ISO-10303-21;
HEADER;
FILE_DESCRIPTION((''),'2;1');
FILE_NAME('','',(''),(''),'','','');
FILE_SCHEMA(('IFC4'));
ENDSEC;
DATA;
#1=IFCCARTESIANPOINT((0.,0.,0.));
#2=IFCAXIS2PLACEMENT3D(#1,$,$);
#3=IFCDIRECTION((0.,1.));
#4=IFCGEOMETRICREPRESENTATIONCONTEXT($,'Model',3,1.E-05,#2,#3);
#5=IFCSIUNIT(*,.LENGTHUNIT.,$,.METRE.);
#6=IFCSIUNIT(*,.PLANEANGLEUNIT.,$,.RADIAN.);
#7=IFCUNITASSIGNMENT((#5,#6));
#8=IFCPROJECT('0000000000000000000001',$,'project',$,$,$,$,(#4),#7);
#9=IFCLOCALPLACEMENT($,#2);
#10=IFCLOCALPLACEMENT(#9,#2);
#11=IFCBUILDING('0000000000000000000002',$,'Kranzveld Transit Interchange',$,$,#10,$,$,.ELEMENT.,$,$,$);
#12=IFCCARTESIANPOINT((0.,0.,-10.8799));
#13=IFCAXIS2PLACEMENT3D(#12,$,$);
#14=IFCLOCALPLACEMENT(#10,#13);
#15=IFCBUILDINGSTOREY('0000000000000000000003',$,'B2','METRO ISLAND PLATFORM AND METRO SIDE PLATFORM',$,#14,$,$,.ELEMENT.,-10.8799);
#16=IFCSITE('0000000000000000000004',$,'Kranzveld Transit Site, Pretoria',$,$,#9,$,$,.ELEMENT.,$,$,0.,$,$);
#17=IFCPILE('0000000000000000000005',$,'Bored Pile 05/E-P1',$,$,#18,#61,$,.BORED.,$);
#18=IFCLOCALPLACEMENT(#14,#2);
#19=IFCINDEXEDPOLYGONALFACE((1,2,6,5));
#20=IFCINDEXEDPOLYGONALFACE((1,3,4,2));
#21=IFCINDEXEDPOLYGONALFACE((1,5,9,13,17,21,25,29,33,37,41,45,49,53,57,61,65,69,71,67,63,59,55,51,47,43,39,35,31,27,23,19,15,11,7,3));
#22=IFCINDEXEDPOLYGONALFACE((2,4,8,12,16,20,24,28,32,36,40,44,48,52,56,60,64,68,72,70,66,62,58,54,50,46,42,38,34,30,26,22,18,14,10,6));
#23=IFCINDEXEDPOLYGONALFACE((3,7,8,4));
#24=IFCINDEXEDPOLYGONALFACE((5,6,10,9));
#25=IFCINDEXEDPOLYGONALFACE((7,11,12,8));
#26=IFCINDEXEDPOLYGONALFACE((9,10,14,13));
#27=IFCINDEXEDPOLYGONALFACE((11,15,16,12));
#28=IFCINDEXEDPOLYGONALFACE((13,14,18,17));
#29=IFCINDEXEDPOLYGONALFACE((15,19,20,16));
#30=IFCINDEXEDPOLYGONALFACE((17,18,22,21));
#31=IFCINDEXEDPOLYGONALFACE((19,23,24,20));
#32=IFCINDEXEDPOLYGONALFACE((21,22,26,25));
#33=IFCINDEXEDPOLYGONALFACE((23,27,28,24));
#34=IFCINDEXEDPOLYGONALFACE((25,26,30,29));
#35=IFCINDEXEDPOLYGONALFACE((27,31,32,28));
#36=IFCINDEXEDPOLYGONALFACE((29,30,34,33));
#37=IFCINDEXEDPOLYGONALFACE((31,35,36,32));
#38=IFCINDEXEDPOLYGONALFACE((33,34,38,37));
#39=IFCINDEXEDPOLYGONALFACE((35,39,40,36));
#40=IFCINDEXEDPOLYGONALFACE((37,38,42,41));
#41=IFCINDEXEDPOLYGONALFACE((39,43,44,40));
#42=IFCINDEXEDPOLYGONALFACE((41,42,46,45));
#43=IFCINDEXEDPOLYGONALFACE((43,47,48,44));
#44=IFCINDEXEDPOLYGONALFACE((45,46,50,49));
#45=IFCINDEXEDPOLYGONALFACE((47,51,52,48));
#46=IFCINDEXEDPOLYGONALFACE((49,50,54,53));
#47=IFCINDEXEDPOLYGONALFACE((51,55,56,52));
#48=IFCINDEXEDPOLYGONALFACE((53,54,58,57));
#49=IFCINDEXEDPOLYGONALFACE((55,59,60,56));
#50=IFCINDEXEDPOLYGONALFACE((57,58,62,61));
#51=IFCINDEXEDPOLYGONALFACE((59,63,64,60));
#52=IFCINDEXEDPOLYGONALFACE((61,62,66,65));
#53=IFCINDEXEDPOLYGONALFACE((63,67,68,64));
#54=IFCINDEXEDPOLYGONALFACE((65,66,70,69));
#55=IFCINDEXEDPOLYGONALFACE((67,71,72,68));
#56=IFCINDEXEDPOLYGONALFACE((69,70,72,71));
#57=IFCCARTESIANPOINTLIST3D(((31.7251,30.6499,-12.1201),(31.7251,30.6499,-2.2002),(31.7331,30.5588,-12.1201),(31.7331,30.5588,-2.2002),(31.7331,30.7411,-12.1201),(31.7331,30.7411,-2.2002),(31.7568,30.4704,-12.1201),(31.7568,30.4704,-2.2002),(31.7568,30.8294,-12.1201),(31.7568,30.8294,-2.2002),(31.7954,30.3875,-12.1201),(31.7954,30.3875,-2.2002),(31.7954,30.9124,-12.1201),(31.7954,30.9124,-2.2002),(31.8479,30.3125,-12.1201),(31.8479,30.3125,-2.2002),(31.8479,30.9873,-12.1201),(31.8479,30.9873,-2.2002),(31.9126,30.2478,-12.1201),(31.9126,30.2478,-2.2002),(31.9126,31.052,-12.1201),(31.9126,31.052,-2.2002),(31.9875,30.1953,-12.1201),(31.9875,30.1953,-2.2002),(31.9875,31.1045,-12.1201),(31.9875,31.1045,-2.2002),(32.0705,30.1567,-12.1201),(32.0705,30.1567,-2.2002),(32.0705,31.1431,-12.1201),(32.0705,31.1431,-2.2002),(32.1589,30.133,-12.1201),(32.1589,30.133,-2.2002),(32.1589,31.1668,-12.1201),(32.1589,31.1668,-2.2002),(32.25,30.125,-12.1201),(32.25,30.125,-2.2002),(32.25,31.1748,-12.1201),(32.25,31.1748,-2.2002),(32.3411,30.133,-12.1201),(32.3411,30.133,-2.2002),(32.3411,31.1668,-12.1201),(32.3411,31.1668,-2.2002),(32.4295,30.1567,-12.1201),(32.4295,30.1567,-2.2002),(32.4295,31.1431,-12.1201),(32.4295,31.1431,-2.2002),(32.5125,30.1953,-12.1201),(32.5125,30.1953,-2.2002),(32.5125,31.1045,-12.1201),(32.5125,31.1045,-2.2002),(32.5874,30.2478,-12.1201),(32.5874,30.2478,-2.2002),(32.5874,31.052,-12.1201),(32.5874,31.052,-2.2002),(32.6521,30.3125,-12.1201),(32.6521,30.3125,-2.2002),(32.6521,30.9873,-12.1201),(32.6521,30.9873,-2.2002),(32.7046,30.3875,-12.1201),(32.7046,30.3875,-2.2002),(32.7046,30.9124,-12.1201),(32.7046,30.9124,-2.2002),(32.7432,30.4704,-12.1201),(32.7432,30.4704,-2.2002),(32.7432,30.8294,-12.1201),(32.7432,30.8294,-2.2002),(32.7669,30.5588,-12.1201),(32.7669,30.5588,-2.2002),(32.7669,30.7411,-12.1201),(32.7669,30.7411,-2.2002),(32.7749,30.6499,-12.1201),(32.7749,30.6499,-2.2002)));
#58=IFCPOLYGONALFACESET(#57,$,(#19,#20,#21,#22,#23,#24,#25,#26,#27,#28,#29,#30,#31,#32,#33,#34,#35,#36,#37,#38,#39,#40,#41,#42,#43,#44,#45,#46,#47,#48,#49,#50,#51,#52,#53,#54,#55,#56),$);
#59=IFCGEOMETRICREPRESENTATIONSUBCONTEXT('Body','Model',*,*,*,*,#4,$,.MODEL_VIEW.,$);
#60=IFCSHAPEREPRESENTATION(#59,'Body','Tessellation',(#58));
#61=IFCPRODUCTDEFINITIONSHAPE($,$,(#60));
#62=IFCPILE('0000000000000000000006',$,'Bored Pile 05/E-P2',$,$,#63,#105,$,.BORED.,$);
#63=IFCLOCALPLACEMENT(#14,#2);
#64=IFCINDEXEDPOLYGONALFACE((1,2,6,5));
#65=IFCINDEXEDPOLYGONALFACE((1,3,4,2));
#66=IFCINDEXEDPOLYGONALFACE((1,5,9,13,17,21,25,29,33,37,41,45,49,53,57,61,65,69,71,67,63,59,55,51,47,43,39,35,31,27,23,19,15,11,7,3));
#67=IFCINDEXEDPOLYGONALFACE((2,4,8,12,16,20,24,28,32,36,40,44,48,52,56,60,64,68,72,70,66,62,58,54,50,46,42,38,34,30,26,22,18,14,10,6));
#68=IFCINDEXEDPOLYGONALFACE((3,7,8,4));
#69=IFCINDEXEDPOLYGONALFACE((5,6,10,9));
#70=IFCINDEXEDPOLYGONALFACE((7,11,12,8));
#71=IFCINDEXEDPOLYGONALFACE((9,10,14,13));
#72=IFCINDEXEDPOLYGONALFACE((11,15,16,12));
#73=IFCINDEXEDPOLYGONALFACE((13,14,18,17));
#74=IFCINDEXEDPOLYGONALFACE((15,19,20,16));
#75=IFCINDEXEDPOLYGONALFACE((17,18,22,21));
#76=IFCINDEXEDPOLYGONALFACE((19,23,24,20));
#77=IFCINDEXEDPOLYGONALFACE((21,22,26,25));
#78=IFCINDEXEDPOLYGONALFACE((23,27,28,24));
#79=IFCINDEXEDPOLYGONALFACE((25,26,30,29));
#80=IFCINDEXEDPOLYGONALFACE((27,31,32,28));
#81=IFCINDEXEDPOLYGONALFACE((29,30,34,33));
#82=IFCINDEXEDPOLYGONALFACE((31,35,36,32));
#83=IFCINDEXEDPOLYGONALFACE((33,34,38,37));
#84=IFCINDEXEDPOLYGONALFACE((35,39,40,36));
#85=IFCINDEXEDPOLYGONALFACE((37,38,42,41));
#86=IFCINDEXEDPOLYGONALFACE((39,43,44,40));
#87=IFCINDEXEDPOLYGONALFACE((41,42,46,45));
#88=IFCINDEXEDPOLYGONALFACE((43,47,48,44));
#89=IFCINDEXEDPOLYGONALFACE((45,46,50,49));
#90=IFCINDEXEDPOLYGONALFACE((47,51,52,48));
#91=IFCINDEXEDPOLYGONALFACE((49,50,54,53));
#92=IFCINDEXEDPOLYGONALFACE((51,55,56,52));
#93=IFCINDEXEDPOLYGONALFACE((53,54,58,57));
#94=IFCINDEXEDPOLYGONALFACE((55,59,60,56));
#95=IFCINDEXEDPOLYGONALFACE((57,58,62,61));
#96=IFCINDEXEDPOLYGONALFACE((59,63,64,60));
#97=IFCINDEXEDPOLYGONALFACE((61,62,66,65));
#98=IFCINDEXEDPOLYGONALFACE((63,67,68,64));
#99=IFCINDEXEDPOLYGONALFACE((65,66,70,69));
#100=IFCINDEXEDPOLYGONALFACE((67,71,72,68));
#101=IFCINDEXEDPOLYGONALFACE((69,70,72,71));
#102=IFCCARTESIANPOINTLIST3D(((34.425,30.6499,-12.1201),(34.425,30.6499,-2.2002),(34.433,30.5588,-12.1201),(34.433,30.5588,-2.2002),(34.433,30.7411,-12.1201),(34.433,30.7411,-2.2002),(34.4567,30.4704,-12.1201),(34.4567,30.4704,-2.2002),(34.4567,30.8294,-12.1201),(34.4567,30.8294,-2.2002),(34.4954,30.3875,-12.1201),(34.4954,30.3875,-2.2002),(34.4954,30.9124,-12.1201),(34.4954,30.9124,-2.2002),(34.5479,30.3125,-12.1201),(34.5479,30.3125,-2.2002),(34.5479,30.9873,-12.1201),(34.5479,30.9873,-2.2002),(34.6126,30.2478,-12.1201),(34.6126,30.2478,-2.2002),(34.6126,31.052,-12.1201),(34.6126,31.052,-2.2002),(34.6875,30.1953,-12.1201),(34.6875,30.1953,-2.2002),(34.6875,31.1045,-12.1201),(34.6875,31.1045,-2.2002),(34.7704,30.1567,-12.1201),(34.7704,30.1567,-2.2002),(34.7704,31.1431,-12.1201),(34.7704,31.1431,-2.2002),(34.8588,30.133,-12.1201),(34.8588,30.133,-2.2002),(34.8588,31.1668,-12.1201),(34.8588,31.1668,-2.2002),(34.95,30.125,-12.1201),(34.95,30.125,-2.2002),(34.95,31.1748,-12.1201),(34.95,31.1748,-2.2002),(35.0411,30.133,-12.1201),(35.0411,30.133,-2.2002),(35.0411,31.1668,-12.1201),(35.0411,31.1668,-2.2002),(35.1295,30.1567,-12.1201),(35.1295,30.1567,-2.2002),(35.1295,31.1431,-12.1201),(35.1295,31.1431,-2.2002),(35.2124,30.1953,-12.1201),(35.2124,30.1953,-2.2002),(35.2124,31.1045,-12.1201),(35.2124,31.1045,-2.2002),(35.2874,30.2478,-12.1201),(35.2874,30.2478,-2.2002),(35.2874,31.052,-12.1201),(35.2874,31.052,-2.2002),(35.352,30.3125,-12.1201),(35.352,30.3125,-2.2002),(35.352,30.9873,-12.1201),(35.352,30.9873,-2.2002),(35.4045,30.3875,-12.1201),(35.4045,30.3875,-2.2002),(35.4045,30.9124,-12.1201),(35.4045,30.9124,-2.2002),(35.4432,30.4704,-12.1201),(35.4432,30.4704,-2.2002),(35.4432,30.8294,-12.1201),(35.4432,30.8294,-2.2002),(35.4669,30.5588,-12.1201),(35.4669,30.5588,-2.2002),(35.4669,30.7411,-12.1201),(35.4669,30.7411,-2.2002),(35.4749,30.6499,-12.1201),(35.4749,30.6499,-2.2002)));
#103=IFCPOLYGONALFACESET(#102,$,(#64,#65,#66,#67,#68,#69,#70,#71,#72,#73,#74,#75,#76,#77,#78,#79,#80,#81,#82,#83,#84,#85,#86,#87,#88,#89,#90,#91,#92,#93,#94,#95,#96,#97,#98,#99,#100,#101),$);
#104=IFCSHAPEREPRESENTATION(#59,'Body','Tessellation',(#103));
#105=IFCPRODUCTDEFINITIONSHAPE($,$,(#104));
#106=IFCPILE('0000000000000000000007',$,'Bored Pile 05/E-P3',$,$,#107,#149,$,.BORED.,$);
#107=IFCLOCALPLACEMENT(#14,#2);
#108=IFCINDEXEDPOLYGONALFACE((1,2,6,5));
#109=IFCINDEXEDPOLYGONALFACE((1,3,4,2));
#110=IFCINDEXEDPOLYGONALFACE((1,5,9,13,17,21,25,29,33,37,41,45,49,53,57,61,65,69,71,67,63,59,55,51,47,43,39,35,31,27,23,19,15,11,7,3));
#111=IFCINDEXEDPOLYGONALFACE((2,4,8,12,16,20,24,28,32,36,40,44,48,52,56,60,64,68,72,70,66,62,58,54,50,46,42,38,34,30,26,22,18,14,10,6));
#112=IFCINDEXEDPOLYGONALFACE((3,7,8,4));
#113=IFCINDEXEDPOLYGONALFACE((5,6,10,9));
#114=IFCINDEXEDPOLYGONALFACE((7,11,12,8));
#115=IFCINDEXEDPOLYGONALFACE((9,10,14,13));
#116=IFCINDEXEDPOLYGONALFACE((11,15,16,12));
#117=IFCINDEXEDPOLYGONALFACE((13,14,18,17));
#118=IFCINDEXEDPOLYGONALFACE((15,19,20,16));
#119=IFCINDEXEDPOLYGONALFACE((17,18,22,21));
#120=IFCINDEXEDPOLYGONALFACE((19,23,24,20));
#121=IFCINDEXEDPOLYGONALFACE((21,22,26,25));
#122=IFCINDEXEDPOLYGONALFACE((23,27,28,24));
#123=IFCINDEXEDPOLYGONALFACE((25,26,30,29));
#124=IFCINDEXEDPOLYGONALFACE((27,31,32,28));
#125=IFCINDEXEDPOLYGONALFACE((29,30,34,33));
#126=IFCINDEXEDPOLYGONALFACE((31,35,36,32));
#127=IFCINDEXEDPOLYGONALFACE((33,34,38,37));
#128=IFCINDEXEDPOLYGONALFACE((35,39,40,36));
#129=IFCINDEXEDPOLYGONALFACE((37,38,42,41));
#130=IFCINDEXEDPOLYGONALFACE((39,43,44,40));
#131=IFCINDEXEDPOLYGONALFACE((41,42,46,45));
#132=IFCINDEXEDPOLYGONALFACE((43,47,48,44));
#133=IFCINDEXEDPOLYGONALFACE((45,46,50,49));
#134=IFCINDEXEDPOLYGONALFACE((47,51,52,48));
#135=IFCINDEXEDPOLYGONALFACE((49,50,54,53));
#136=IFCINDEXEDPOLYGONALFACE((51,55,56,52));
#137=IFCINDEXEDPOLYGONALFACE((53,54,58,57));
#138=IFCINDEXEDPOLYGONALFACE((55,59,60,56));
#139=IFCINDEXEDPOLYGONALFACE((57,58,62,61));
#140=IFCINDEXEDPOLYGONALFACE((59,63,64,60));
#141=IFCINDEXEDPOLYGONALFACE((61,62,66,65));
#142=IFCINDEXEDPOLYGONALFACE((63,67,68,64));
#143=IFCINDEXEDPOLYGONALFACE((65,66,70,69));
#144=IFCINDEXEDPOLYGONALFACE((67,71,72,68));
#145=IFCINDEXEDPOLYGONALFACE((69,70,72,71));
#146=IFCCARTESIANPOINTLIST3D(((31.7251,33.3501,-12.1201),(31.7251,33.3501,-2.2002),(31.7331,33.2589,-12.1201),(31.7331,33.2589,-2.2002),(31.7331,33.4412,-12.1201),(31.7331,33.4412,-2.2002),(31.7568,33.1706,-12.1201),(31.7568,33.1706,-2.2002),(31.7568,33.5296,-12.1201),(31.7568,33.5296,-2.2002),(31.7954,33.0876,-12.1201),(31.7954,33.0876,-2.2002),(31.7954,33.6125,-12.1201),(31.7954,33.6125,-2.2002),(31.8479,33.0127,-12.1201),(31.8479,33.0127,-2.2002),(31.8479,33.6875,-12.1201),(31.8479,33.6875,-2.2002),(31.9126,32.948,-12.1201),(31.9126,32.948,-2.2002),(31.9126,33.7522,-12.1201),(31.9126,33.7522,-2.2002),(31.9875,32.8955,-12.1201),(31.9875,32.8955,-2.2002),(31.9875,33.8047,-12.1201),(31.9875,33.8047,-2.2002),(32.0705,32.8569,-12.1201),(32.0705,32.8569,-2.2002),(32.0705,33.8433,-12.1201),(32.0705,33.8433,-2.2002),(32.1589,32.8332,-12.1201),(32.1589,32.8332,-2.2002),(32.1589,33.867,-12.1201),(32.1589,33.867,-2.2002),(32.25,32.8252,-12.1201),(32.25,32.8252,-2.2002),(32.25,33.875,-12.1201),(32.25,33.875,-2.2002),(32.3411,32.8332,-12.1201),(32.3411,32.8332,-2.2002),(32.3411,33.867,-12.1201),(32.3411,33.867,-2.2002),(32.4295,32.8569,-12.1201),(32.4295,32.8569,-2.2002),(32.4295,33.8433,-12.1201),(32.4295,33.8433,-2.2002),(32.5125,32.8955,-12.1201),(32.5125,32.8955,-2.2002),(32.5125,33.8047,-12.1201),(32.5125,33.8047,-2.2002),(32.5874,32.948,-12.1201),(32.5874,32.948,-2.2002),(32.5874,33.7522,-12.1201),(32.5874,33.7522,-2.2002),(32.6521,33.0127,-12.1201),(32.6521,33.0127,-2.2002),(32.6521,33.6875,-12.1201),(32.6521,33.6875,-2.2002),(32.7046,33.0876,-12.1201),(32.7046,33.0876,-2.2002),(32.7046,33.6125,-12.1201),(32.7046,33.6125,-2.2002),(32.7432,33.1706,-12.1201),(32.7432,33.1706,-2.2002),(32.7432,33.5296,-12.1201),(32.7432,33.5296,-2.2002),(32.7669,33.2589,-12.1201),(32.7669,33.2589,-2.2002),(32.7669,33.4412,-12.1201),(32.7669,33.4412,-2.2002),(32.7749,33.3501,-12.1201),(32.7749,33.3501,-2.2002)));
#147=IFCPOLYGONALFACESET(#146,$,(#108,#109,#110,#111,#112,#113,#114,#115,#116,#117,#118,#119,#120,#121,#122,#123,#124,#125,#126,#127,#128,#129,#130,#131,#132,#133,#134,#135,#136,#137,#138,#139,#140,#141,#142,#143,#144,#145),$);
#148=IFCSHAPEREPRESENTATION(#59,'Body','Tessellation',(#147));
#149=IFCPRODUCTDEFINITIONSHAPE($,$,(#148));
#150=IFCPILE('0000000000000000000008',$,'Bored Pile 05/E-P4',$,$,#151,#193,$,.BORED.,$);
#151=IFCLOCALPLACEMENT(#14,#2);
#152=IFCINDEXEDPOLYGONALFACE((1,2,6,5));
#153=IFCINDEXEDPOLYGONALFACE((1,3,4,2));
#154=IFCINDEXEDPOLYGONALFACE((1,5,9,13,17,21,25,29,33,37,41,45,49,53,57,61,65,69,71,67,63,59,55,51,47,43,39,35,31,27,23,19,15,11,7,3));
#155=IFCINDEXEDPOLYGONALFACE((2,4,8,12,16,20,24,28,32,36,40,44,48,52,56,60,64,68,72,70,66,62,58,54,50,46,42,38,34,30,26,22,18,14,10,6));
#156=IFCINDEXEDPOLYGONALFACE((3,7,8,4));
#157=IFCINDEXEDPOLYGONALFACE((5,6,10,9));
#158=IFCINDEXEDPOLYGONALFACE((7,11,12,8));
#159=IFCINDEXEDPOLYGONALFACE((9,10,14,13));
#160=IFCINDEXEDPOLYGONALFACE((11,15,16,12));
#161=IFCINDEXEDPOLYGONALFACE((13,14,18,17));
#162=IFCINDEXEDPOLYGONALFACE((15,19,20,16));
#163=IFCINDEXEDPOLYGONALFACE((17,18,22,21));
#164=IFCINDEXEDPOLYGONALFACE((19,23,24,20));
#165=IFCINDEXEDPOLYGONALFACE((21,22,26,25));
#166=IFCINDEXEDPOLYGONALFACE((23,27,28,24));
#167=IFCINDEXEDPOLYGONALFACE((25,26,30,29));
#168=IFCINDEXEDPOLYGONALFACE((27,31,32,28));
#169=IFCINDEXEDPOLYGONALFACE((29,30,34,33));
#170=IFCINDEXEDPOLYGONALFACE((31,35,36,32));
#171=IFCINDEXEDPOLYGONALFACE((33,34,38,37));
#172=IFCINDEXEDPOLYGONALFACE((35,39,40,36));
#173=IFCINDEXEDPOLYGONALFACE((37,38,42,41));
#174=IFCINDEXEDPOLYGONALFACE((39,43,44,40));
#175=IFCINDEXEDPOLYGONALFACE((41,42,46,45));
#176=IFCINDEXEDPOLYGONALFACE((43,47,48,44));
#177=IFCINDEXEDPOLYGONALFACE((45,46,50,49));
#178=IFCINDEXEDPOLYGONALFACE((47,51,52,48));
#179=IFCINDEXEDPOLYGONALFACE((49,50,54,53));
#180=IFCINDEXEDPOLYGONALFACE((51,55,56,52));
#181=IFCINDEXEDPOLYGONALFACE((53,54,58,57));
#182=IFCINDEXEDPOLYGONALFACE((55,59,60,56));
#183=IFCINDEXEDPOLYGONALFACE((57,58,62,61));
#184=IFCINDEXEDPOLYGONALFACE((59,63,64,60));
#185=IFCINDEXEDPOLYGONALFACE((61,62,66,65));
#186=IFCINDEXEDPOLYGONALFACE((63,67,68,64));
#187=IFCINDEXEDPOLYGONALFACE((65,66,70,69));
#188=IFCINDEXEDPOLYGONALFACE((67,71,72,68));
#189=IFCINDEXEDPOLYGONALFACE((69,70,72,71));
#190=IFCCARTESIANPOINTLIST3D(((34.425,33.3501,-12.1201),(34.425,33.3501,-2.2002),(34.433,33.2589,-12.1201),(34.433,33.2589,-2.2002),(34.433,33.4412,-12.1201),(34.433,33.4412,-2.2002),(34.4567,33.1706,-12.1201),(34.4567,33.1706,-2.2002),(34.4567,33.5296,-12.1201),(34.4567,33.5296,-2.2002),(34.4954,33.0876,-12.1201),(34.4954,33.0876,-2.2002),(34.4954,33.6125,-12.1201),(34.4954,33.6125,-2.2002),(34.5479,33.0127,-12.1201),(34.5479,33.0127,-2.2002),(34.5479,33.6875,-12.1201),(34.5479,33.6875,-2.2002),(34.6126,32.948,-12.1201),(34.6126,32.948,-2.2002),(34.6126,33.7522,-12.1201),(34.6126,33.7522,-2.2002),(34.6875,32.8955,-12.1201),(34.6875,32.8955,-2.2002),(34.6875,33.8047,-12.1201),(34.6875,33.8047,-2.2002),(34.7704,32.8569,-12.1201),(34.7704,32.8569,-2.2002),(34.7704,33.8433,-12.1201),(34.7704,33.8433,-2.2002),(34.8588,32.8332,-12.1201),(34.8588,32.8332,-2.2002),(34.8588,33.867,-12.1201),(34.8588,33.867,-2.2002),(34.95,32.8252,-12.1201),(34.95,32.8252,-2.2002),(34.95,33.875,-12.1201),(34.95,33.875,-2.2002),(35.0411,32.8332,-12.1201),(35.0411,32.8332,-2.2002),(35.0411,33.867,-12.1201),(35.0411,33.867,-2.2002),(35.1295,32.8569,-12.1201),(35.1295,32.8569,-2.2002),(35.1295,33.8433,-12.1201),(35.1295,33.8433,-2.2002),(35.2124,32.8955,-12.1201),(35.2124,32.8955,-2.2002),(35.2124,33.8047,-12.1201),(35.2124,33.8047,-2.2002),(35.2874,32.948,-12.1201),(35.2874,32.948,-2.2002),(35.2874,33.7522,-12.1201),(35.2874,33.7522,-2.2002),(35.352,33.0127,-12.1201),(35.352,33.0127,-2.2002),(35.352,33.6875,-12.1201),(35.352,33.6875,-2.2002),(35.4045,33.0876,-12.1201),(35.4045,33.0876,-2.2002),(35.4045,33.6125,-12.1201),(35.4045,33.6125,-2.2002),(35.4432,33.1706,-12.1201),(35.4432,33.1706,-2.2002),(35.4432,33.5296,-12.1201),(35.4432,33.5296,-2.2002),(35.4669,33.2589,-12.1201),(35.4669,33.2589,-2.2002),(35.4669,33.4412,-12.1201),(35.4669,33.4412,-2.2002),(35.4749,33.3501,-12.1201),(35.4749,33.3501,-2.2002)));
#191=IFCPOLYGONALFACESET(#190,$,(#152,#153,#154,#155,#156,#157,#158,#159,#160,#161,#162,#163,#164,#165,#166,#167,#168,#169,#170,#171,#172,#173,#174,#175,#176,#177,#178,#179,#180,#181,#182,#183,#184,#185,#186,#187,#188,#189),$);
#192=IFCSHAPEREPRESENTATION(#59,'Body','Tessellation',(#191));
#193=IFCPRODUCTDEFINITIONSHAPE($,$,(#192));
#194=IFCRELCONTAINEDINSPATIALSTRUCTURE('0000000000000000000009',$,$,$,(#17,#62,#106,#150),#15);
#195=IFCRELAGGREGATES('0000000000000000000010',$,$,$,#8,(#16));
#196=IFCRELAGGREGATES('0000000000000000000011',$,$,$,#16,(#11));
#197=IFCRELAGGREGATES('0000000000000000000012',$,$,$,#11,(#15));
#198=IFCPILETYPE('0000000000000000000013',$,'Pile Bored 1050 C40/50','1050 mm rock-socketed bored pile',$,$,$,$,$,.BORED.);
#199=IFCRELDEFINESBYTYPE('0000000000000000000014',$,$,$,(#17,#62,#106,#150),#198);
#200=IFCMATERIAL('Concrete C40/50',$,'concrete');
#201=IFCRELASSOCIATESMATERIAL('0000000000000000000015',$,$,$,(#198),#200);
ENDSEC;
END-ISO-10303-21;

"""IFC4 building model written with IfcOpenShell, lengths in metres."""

from ifc_helpers import new_model, si_unit, direction, frame, origin, origin_2d, place, context, subcontext, project, spatial, circle, extrude, material, material_profile, profile_set, type_object, element, save


model = new_model("IFC4")

# Units and contexts
model_context = context("Model", 3, precision=1e-05, world=origin(), true_north=direction((0.0, 1.0)))
body_context = subcontext(model_context, "Body", "Model", "MODEL_VIEW")
ifc_project = project(units=[si_unit("LENGTHUNIT", "METRE"), si_unit("PLANEANGLEUNIT", "RADIAN")], contexts=[model_context])

# Site, building, storey
site_placement = place(None, origin())
site = spatial("IfcSite", under=ifc_project, at=site_placement, Name="Kranzveld Transit Site, Pretoria", CompositionType="ELEMENT", RefElevation=0.0)
building_placement = place(site_placement, origin())
building = spatial("IfcBuilding", under=site, at=building_placement, Name="Kranzveld Transit Interchange", CompositionType="ELEMENT")
storey_placement = place(building_placement, frame((0.0, 0.0, -10.8799)))
storey = spatial("IfcBuildingStorey", under=building, at=storey_placement, Name="B2", Description="METRO ISLAND PLATFORM AND METRO SIDE PLATFORM", CompositionType="ELEMENT", Elevation=-10.8799)

# Piles
ifc_material_1 = material(Name="Concrete C40/50", Category="concrete")
ifc_material_profile_1 = material_profile(ifc_material_1, circle(Radius=0.5249, at=origin_2d()), Name="BORED PILE 1050")
ifc_profile_set_1 = profile_set([ifc_material_profile_1], Name="Concrete C40/50")
pile_type_1 = type_object("IfcPileType", Name="Pile Bored 1050 C40/50", Description="1050 mm rock-socketed bored pile", PredefinedType="BORED", material=ifc_profile_set_1)
for number, where, z_axis, x_axis, name in (
    (1, (32.25, 30.6499, -2.2002), (0.0, 0.0, -1.0), (1.0, 0.0, 0.0), "Bored Pile 05/E-P1"),
    (2, (34.95, 30.6499, -2.2002), (0.0, 0.0, -1.0), (1.0, 0.0, 0.0), "Bored Pile 05/E-P2"),
    (3, (32.25, 33.3501, -2.2002), (0.0, 0.0, -1.0), (1.0, 0.0, 0.0), "Bored Pile 05/E-P3"),
    (4, (34.95, 33.3501, -2.2002), (0.0, 0.0, -1.0), (1.0, 0.0, 0.0), "Bored Pile 05/E-P4"),
):
    element("IfcPile", number, at=place(storey_placement, frame(where, z_axis=z_axis, x_axis=x_axis)), inside=storey, type_object=pile_type_1, Name=name, PredefinedType="BORED", context=body_context, shape_type="SweptSolid", body=[
        extrude(circle(Radius=0.5249, at=origin_2d()), origin(), (0.0, 0.0, 1.0), 9.9199),
    ])

save(model, "model.ifc")
